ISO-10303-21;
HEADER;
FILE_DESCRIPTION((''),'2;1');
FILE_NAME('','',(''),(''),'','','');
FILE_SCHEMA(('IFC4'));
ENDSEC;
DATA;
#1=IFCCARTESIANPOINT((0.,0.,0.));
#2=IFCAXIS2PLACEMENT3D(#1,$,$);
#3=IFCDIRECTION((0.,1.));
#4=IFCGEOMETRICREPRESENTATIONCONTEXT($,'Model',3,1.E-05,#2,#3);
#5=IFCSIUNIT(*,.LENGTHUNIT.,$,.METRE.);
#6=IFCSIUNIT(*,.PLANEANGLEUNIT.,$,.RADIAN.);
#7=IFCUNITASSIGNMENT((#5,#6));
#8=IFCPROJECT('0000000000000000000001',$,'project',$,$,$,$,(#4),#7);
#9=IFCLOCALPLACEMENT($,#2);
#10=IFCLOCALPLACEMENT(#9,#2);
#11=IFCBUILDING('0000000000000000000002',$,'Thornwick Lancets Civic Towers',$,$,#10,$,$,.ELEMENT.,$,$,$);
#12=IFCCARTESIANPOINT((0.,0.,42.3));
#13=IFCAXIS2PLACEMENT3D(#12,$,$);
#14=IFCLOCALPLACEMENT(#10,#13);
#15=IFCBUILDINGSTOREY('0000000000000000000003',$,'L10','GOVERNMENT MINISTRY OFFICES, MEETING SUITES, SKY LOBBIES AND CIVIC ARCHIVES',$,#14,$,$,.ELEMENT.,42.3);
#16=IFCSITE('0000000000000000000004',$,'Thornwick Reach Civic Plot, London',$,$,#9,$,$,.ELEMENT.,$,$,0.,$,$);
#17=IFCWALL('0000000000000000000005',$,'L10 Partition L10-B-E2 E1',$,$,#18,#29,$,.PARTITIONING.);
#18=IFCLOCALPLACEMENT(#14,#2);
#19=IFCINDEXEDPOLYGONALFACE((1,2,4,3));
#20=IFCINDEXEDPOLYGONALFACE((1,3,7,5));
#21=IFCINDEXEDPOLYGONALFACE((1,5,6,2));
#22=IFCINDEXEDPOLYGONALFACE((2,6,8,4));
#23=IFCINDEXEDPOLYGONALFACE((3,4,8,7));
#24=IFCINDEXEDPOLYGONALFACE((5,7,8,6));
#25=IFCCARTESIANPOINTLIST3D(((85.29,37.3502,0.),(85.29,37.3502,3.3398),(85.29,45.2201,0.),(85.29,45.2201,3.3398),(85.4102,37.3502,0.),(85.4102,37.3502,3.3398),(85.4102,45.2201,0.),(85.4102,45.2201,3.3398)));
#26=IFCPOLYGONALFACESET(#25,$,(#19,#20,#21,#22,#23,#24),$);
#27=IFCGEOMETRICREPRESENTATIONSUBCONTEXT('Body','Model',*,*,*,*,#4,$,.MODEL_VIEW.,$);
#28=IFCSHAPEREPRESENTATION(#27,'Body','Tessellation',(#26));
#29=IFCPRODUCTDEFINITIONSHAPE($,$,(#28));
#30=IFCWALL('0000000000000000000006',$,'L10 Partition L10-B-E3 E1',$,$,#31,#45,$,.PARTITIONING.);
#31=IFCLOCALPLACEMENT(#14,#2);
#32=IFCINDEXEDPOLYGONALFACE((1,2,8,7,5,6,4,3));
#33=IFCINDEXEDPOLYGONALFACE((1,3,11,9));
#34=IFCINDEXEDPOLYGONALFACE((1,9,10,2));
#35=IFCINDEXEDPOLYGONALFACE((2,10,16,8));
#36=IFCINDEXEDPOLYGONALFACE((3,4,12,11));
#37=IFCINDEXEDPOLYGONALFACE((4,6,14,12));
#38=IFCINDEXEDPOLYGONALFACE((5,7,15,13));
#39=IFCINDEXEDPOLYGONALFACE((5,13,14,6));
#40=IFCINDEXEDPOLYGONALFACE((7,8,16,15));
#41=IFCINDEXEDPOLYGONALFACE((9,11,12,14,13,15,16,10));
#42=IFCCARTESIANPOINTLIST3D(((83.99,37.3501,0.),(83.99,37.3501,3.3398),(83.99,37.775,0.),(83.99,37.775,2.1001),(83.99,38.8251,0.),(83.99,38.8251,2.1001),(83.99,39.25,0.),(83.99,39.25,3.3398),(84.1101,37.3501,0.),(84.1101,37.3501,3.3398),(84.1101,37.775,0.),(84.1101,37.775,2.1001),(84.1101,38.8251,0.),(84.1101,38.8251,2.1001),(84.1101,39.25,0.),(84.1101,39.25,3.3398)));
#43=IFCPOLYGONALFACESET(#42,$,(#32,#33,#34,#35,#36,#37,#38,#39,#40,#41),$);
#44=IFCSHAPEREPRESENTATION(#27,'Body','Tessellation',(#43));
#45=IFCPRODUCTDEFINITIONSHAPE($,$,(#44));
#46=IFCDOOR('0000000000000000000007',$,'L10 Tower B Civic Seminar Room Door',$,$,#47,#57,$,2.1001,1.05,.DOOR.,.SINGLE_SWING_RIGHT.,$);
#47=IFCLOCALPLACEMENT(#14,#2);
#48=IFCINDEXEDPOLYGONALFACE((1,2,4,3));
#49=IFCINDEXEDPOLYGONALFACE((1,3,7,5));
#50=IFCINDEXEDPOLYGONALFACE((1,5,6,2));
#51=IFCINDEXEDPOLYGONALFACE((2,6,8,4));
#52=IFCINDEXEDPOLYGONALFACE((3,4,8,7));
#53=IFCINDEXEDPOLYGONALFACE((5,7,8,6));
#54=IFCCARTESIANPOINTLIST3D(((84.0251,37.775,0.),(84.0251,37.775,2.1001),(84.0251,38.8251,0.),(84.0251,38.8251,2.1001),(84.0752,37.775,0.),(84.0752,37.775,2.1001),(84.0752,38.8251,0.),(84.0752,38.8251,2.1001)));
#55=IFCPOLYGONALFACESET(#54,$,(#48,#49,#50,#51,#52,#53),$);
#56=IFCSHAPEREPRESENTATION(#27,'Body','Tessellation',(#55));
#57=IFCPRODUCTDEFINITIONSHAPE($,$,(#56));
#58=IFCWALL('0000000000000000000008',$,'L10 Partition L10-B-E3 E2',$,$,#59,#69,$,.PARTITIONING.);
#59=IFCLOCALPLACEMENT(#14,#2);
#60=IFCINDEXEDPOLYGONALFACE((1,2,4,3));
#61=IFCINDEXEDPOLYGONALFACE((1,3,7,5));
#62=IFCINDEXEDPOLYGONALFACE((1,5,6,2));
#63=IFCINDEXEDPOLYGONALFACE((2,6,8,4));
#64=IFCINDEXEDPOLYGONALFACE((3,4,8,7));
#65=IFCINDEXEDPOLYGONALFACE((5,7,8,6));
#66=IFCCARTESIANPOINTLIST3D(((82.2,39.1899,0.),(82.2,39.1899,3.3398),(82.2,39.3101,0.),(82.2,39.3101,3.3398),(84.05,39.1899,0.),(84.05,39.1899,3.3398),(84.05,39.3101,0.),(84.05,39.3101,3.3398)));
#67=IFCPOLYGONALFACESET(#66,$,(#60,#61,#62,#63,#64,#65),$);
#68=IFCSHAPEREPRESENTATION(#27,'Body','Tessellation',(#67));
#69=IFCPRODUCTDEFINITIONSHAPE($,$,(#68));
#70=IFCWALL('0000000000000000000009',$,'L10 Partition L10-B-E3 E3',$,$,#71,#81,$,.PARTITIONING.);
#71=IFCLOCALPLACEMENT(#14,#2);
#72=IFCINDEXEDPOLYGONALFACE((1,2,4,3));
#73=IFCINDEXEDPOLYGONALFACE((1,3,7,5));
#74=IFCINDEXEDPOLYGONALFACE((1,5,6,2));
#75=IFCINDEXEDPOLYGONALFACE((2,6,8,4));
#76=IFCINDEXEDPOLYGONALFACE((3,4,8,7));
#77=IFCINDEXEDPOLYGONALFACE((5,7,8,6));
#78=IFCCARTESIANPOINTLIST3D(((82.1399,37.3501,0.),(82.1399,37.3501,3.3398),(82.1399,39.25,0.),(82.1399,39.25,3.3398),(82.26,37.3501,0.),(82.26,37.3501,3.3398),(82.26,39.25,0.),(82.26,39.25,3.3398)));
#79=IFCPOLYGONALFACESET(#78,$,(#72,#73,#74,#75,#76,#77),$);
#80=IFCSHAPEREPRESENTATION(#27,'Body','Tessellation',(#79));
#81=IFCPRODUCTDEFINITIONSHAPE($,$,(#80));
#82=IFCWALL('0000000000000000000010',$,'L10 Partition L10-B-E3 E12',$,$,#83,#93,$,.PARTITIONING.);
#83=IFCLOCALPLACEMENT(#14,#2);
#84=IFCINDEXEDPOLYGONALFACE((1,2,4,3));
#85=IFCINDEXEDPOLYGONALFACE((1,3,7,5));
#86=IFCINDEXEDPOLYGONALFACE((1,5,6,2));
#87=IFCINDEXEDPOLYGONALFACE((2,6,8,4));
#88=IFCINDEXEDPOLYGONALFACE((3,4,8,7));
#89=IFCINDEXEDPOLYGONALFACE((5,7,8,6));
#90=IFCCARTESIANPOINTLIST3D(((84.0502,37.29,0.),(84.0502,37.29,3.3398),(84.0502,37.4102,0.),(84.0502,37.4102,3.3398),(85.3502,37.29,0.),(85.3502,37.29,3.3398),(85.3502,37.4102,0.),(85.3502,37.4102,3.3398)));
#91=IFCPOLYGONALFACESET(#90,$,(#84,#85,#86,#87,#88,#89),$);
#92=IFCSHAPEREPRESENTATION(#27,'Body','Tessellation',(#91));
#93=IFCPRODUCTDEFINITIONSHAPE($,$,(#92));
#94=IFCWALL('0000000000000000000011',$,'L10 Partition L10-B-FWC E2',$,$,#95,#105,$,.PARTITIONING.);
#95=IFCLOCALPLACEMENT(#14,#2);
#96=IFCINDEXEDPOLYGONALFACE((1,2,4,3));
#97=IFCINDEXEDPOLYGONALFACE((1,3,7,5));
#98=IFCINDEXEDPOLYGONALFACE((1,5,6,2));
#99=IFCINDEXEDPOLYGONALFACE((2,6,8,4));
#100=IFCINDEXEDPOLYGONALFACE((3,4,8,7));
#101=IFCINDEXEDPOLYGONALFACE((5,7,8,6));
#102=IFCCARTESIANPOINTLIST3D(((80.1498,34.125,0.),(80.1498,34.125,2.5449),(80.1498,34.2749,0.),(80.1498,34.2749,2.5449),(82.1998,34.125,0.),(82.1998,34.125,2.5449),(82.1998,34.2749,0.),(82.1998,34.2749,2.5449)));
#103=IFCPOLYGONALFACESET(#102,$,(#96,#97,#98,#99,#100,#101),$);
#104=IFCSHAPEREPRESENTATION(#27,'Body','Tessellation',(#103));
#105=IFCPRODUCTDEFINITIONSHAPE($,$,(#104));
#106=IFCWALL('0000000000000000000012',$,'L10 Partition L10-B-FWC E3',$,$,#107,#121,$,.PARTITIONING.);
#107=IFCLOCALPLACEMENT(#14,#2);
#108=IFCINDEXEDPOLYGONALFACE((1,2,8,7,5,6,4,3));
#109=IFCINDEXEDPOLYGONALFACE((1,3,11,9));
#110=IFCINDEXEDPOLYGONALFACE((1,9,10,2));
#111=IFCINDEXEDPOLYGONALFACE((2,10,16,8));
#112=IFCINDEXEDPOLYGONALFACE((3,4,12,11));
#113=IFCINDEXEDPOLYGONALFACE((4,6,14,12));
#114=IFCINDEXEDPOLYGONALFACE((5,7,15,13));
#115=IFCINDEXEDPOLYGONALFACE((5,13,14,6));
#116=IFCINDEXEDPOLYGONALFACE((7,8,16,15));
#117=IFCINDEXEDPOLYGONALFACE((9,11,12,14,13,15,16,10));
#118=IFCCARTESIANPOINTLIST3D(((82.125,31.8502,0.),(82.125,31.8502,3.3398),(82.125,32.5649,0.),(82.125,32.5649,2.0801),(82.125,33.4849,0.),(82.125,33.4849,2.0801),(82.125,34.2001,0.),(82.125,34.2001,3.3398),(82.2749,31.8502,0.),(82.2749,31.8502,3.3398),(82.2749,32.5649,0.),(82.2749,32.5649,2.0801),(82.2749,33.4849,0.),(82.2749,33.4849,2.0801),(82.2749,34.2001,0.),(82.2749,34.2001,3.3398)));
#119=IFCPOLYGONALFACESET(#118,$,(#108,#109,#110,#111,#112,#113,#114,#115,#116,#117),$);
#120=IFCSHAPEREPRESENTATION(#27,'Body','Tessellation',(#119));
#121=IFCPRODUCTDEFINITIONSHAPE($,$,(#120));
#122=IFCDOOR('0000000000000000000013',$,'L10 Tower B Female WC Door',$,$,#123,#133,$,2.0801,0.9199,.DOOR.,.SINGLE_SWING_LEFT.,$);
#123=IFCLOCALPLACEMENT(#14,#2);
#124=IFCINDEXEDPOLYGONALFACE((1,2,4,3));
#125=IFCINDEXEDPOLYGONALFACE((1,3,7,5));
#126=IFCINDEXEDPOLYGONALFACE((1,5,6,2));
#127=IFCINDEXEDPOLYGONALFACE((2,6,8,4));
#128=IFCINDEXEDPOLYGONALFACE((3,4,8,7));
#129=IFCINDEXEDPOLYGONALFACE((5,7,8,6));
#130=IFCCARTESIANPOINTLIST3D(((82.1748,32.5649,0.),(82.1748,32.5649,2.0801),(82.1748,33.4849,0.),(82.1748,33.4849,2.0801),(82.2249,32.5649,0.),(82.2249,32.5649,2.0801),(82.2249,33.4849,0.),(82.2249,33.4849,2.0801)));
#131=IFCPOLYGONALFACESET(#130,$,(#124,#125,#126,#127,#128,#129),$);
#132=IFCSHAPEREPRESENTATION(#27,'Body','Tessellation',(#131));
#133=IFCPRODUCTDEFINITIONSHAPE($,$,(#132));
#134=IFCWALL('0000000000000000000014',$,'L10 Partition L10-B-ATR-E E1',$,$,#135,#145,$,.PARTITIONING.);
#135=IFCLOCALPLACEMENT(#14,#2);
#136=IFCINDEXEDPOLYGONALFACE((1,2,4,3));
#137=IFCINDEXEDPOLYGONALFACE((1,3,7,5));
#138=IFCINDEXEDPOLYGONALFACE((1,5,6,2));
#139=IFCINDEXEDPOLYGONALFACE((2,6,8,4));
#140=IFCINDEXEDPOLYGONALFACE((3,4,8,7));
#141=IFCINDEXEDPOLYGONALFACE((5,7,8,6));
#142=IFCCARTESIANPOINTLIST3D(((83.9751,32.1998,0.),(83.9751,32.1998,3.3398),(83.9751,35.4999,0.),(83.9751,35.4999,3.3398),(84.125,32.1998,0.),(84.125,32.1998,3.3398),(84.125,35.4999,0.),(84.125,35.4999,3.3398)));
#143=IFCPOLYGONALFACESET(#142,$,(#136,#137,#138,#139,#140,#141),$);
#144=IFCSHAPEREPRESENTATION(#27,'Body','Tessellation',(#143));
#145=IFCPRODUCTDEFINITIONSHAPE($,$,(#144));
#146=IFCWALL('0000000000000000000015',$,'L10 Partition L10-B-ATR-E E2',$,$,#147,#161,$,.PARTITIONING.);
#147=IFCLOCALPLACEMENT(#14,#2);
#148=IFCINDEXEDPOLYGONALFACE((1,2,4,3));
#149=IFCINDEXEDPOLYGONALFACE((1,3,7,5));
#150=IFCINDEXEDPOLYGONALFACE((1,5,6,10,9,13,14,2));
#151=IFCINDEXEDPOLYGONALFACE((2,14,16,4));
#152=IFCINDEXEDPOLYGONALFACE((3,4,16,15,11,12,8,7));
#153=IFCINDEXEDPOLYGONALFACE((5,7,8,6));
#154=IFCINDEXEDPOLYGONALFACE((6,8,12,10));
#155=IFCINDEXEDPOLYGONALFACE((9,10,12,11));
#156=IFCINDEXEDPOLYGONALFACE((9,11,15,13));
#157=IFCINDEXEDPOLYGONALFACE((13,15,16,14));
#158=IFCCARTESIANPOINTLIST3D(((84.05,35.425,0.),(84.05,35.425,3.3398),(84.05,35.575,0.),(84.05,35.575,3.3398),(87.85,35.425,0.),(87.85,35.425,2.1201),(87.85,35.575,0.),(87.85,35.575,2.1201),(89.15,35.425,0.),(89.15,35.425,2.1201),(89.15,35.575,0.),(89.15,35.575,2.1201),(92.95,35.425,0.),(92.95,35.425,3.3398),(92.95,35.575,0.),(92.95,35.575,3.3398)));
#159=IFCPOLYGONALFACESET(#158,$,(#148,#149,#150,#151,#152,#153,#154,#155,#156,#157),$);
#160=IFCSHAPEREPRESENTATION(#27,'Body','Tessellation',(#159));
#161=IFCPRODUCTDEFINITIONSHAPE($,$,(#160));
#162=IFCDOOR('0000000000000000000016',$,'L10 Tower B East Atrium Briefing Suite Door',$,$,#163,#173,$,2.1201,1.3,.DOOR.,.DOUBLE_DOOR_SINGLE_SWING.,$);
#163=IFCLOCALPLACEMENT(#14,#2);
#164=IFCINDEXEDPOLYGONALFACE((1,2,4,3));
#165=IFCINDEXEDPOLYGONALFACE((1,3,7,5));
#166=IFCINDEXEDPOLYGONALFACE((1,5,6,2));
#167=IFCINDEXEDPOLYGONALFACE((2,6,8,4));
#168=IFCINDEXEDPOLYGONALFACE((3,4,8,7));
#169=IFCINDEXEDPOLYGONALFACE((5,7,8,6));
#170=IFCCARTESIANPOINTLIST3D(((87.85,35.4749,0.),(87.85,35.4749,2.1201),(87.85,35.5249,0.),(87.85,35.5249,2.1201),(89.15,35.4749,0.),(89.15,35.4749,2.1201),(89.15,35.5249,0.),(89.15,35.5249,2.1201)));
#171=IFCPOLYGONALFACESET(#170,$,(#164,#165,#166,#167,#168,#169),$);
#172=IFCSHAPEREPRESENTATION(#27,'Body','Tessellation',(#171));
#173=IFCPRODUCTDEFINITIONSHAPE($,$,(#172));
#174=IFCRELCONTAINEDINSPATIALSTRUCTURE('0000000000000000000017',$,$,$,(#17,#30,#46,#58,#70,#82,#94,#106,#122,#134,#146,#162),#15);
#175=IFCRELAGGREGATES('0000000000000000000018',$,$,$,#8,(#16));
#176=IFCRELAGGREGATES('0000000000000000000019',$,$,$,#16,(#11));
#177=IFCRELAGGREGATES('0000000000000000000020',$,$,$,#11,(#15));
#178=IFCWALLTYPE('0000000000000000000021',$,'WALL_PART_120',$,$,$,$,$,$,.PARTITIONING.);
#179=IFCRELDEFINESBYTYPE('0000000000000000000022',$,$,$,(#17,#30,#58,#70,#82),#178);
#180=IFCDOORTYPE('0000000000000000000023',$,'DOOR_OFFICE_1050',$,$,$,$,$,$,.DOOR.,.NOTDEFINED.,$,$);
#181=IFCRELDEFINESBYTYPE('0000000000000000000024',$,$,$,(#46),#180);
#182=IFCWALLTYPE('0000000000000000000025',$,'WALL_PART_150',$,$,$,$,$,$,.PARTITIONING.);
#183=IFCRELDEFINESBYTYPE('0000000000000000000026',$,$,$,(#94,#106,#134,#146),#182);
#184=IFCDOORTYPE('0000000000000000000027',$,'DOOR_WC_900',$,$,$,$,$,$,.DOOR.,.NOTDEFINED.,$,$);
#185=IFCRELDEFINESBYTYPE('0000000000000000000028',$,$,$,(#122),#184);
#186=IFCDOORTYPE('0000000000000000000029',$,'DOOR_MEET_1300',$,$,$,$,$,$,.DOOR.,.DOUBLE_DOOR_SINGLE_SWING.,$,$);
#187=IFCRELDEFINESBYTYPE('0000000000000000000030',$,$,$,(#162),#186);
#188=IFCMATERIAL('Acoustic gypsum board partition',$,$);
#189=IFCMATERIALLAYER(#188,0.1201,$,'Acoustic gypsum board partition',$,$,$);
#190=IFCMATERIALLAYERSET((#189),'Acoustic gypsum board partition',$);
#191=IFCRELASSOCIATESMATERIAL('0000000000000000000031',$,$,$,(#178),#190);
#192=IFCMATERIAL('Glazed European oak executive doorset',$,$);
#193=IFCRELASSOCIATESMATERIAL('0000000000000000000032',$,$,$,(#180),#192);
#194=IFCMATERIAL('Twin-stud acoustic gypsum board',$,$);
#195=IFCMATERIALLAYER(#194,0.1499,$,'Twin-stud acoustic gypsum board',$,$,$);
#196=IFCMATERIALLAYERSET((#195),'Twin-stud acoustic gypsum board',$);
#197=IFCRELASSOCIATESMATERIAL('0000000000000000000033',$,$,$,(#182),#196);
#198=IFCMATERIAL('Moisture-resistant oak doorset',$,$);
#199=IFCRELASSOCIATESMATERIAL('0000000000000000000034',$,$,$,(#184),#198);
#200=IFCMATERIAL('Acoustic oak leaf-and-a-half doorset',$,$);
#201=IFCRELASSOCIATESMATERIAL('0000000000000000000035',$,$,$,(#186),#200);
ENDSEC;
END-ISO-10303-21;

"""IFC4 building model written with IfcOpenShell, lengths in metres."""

from ifc_helpers import new_model, si_unit, direction, frame, frame_2d, origin, place, context, subcontext, project, spatial, rectangle, extrude, material, layer, layer_set, type_object, element, fill, save


model = new_model("IFC4")

# Units and contexts
model_context = context("Model", 3, precision=1e-05, world=origin(), true_north=direction((0.0, 1.0)))
body_context = subcontext(model_context, "Body", "Model", "MODEL_VIEW")
ifc_project = project(units=[si_unit("LENGTHUNIT", "METRE"), si_unit("PLANEANGLEUNIT", "RADIAN")], contexts=[model_context])

# Site, building, storey
site_placement = place(None, origin())
site = spatial("IfcSite", under=ifc_project, at=site_placement, Name="Thornwick Reach Civic Plot, London", CompositionType="ELEMENT", RefElevation=0.0)
building_placement = place(site_placement, origin())
building = spatial("IfcBuilding", under=site, at=building_placement, Name="Thornwick Lancets Civic Towers", CompositionType="ELEMENT")
storey_placement = place(building_placement, frame((0.0, 0.0, 42.3)))
storey = spatial("IfcBuildingStorey", under=building, at=storey_placement, Name="L10", Description="GOVERNMENT MINISTRY OFFICES, MEETING SUITES, SKY LOBBIES AND CIVIC ARCHIVES", CompositionType="ELEMENT", Elevation=42.3)

# Wall
ifc_material_1 = material(Name="Acoustic gypsum board partition")
ifc_layer_1 = layer(ifc_material_1, 0.1201, Name="Acoustic gypsum board partition")
ifc_layer_set_1 = layer_set([ifc_layer_1], Name="Acoustic gypsum board partition")
wall_type_1 = type_object("IfcWallType", Name="WALL_PART_120", PredefinedType="PARTITIONING", material=ifc_layer_set_1)
wall_1_placement = place(storey_placement, frame((85.3501, 37.3501, 0.0), z_axis=(0.0, 0.0, 1.0), x_axis=(0.0, 1.0, 0.0)))
element("IfcWall", 1, at=wall_1_placement, inside=storey, type_object=wall_type_1, Name="L10 Partition L10-B-E2 E1", PredefinedType="PARTITIONING", context=body_context, shape_type="SweptSolid", body=[
    extrude(rectangle(XDim=7.8699, YDim=0.1201, at=frame_2d((3.9351, 0.0))), origin(), (0.0, 0.0, 1.0), 3.3398),
])

# Wall, opening, door
wall_2_placement = place(storey_placement, frame((84.05, 37.3501, 0.0), z_axis=(0.0, 0.0, 1.0), x_axis=(0.0, 1.0, 0.0)))
wall_2 = element("IfcWall", 2, at=wall_2_placement, inside=storey, type_object=wall_type_1, Name="L10 Partition L10-B-E3 E1", PredefinedType="PARTITIONING", context=body_context, shape_type="SweptSolid", body=[
    extrude(rectangle(XDim=1.8999, YDim=0.1201, at=frame_2d((0.95, 0.0))), origin(), (0.0, 0.0, 1.0), 3.3398),
])
opening_1_placement = place(wall_2_placement, frame((0.425, 0.0, 0.0)))
opening_1 = element("IfcOpeningElement", 3, at=opening_1_placement, cuts=wall_2, PredefinedType="OPENING", context=body_context, shape_type="SweptSolid", body=[
    extrude(rectangle(XDim=1.05, YDim=2.1001, at=frame_2d((0.5249, 1.05))), frame((0.0, 0.0701, 0.0), z_axis=(0.0, -1.0, 0.0), x_axis=(1.0, 0.0, 0.0)), (0.0, 0.0, 1.0), 0.1401),
])
ifc_material_2 = material(Name="Glazed European oak executive doorset")
door_type_1 = type_object("IfcDoorType", Name="DOOR_OFFICE_1050", OperationType="NOTDEFINED", PredefinedType="DOOR", material=ifc_material_2)
door_1_placement = place(opening_1_placement, origin())
door_1 = element("IfcDoor", 4, at=door_1_placement, inside=storey, type_object=door_type_1, Name="L10 Tower B Civic Seminar Room Door", OperationType="SINGLE_SWING_RIGHT", OverallHeight=2.1001, OverallWidth=1.05, PredefinedType="DOOR", context=body_context, shape_type="SweptSolid", body=[
    extrude(rectangle(XDim=1.05, YDim=2.1001, at=frame_2d((0.5249, 1.05))), frame((0.0, 0.0249, 0.0), z_axis=(0.0, -1.0, 0.0), x_axis=(1.0, 0.0, 0.0)), (0.0, 0.0, 1.0), 0.05),
])
fill(opening_1, door_1)

# Walls
wall_3_placement = place(storey_placement, frame((84.05, 39.25, 0.0), z_axis=(0.0, 0.0, 1.0), x_axis=(-1.0, 0.0, 0.0)))
element("IfcWall", 5, at=wall_3_placement, inside=storey, type_object=wall_type_1, Name="L10 Partition L10-B-E3 E2", PredefinedType="PARTITIONING", context=body_context, shape_type="SweptSolid", body=[
    extrude(rectangle(XDim=1.8501, YDim=0.1201, at=frame_2d((0.925, 0.0))), origin(), (0.0, 0.0, 1.0), 3.3398),
])
wall_4_placement = place(storey_placement, frame((82.2, 39.25, 0.0), z_axis=(0.0, 0.0, 1.0), x_axis=(0.0, -1.0, 0.0)))
element("IfcWall", 6, at=wall_4_placement, inside=storey, type_object=wall_type_1, Name="L10 Partition L10-B-E3 E3", PredefinedType="PARTITIONING", context=body_context, shape_type="SweptSolid", body=[
    extrude(rectangle(XDim=1.8999, YDim=0.1201, at=frame_2d((0.95, 0.0))), origin(), (0.0, 0.0, 1.0), 3.3398),
])
wall_5_placement = place(storey_placement, frame((85.3501, 37.3501, 0.0), z_axis=(0.0, 0.0, 1.0), x_axis=(-1.0, 0.0, 0.0)))
element("IfcWall", 7, at=wall_5_placement, inside=storey, type_object=wall_type_1, Name="L10 Partition L10-B-E3 E12", PredefinedType="PARTITIONING", context=body_context, shape_type="SweptSolid", body=[
    extrude(rectangle(XDim=1.3, YDim=0.1201, at=frame_2d((0.6499, 0.0))), origin(), (0.0, 0.0, 1.0), 3.3398),
])
ifc_material_3 = material(Name="Twin-stud acoustic gypsum board")
ifc_layer_2 = layer(ifc_material_3, 0.1499, Name="Twin-stud acoustic gypsum board")
ifc_layer_set_2 = layer_set([ifc_layer_2], Name="Twin-stud acoustic gypsum board")
wall_type_2 = type_object("IfcWallType", Name="WALL_PART_150", PredefinedType="PARTITIONING", material=ifc_layer_set_2)
wall_6_placement = place(storey_placement, frame((80.1499, 34.2, 0.0), z_axis=(0.0, 0.0, 1.0), x_axis=(1.0, 0.0, 0.0)))
element("IfcWall", 8, at=wall_6_placement, inside=storey, type_object=wall_type_2, Name="L10 Partition L10-B-FWC E2", PredefinedType="PARTITIONING", context=body_context, shape_type="SweptSolid", body=[
    extrude(rectangle(XDim=2.05, YDim=0.1499, at=frame_2d((1.0249, 0.0))), origin(), (0.0, 0.0, 1.0), 2.5449),
])

# Wall, opening, door
wall_7_placement = place(storey_placement, frame((82.2, 34.2, 0.0), z_axis=(0.0, 0.0, 1.0), x_axis=(0.0, -1.0, 0.0)))
wall_7 = element("IfcWall", 9, at=wall_7_placement, inside=storey, type_object=wall_type_2, Name="L10 Partition L10-B-FWC E3", PredefinedType="PARTITIONING", context=body_context, shape_type="SweptSolid", body=[
    extrude(rectangle(XDim=2.3499, YDim=0.1499, at=frame_2d((1.1748, 0.0))), origin(), (0.0, 0.0, 1.0), 3.3398),
])
opening_2_placement = place(wall_7_placement, frame((0.7151, 0.0, 0.0)))
opening_2 = element("IfcOpeningElement", 10, at=opening_2_placement, cuts=wall_7, PredefinedType="OPENING", context=body_context, shape_type="SweptSolid", body=[
    extrude(rectangle(XDim=0.9199, YDim=2.0801, at=frame_2d((0.46, 1.04))), frame((0.0, 0.085, 0.0), z_axis=(0.0, -1.0, 0.0), x_axis=(1.0, 0.0, 0.0)), (0.0, 0.0, 1.0), 0.1699),
])
ifc_material_4 = material(Name="Moisture-resistant oak doorset")
door_type_2 = type_object("IfcDoorType", Name="DOOR_WC_900", OperationType="NOTDEFINED", PredefinedType="DOOR", material=ifc_material_4)
door_2_placement = place(opening_2_placement, origin())
door_2 = element("IfcDoor", 11, at=door_2_placement, inside=storey, type_object=door_type_2, Name="L10 Tower B Female WC Door", OperationType="SINGLE_SWING_LEFT", OverallHeight=2.0801, OverallWidth=0.9199, PredefinedType="DOOR", context=body_context, shape_type="SweptSolid", body=[
    extrude(rectangle(XDim=0.9199, YDim=2.0801, at=frame_2d((0.46, 1.04))), frame((0.0, 0.0249, 0.0), z_axis=(0.0, -1.0, 0.0), x_axis=(1.0, 0.0, 0.0)), (0.0, 0.0, 1.0), 0.05),
])
fill(opening_2, door_2)

# Wall
wall_8_placement = place(storey_placement, frame((84.05, 32.2, 0.0), z_axis=(0.0, 0.0, 1.0), x_axis=(0.0, 1.0, 0.0)))
element("IfcWall", 12, at=wall_8_placement, inside=storey, type_object=wall_type_2, Name="L10 Partition L10-B-ATR-E E1", PredefinedType="PARTITIONING", context=body_context, shape_type="SweptSolid", body=[
    extrude(rectangle(XDim=3.3, YDim=0.1499, at=frame_2d((1.6499, 0.0))), origin(), (0.0, 0.0, 1.0), 3.3398),
])

# Wall, opening, door
wall_9_placement = place(storey_placement, frame((84.05, 35.5, 0.0), z_axis=(0.0, 0.0, 1.0), x_axis=(1.0, 0.0, 0.0)))
wall_9 = element("IfcWall", 13, at=wall_9_placement, inside=storey, type_object=wall_type_2, Name="L10 Partition L10-B-ATR-E E2", PredefinedType="PARTITIONING", context=body_context, shape_type="SweptSolid", body=[
    extrude(rectangle(XDim=8.8999, YDim=0.1499, at=frame_2d((4.45, 0.0))), origin(), (0.0, 0.0, 1.0), 3.3398),
])
opening_3_placement = place(wall_9_placement, frame((3.8, 0.0, 0.0)))
opening_3 = element("IfcOpeningElement", 14, at=opening_3_placement, cuts=wall_9, PredefinedType="OPENING", context=body_context, shape_type="SweptSolid", body=[
    extrude(rectangle(XDim=1.3, YDim=2.1201, at=frame_2d((0.6499, 1.0601))), frame((0.0, 0.085, 0.0), z_axis=(0.0, -1.0, 0.0), x_axis=(1.0, 0.0, 0.0)), (0.0, 0.0, 1.0), 0.1699),
])
ifc_material_5 = material(Name="Acoustic oak leaf-and-a-half doorset")
door_type_3 = type_object("IfcDoorType", Name="DOOR_MEET_1300", OperationType="DOUBLE_DOOR_SINGLE_SWING", PredefinedType="DOOR", material=ifc_material_5)
door_3_placement = place(opening_3_placement, origin())
door_3 = element("IfcDoor", 15, at=door_3_placement, inside=storey, type_object=door_type_3, Name="L10 Tower B East Atrium Briefing Suite Door", OperationType="DOUBLE_DOOR_SINGLE_SWING", OverallHeight=2.1201, OverallWidth=1.3, PredefinedType="DOOR", context=body_context, shape_type="SweptSolid", body=[
    extrude(rectangle(XDim=1.3, YDim=2.1201, at=frame_2d((0.6499, 1.0601))), frame((0.0, 0.0249, 0.0), z_axis=(0.0, -1.0, 0.0), x_axis=(1.0, 0.0, 0.0)), (0.0, 0.0, 1.0), 0.05),
])
fill(opening_3, door_3)

save(model, "model.ifc")
